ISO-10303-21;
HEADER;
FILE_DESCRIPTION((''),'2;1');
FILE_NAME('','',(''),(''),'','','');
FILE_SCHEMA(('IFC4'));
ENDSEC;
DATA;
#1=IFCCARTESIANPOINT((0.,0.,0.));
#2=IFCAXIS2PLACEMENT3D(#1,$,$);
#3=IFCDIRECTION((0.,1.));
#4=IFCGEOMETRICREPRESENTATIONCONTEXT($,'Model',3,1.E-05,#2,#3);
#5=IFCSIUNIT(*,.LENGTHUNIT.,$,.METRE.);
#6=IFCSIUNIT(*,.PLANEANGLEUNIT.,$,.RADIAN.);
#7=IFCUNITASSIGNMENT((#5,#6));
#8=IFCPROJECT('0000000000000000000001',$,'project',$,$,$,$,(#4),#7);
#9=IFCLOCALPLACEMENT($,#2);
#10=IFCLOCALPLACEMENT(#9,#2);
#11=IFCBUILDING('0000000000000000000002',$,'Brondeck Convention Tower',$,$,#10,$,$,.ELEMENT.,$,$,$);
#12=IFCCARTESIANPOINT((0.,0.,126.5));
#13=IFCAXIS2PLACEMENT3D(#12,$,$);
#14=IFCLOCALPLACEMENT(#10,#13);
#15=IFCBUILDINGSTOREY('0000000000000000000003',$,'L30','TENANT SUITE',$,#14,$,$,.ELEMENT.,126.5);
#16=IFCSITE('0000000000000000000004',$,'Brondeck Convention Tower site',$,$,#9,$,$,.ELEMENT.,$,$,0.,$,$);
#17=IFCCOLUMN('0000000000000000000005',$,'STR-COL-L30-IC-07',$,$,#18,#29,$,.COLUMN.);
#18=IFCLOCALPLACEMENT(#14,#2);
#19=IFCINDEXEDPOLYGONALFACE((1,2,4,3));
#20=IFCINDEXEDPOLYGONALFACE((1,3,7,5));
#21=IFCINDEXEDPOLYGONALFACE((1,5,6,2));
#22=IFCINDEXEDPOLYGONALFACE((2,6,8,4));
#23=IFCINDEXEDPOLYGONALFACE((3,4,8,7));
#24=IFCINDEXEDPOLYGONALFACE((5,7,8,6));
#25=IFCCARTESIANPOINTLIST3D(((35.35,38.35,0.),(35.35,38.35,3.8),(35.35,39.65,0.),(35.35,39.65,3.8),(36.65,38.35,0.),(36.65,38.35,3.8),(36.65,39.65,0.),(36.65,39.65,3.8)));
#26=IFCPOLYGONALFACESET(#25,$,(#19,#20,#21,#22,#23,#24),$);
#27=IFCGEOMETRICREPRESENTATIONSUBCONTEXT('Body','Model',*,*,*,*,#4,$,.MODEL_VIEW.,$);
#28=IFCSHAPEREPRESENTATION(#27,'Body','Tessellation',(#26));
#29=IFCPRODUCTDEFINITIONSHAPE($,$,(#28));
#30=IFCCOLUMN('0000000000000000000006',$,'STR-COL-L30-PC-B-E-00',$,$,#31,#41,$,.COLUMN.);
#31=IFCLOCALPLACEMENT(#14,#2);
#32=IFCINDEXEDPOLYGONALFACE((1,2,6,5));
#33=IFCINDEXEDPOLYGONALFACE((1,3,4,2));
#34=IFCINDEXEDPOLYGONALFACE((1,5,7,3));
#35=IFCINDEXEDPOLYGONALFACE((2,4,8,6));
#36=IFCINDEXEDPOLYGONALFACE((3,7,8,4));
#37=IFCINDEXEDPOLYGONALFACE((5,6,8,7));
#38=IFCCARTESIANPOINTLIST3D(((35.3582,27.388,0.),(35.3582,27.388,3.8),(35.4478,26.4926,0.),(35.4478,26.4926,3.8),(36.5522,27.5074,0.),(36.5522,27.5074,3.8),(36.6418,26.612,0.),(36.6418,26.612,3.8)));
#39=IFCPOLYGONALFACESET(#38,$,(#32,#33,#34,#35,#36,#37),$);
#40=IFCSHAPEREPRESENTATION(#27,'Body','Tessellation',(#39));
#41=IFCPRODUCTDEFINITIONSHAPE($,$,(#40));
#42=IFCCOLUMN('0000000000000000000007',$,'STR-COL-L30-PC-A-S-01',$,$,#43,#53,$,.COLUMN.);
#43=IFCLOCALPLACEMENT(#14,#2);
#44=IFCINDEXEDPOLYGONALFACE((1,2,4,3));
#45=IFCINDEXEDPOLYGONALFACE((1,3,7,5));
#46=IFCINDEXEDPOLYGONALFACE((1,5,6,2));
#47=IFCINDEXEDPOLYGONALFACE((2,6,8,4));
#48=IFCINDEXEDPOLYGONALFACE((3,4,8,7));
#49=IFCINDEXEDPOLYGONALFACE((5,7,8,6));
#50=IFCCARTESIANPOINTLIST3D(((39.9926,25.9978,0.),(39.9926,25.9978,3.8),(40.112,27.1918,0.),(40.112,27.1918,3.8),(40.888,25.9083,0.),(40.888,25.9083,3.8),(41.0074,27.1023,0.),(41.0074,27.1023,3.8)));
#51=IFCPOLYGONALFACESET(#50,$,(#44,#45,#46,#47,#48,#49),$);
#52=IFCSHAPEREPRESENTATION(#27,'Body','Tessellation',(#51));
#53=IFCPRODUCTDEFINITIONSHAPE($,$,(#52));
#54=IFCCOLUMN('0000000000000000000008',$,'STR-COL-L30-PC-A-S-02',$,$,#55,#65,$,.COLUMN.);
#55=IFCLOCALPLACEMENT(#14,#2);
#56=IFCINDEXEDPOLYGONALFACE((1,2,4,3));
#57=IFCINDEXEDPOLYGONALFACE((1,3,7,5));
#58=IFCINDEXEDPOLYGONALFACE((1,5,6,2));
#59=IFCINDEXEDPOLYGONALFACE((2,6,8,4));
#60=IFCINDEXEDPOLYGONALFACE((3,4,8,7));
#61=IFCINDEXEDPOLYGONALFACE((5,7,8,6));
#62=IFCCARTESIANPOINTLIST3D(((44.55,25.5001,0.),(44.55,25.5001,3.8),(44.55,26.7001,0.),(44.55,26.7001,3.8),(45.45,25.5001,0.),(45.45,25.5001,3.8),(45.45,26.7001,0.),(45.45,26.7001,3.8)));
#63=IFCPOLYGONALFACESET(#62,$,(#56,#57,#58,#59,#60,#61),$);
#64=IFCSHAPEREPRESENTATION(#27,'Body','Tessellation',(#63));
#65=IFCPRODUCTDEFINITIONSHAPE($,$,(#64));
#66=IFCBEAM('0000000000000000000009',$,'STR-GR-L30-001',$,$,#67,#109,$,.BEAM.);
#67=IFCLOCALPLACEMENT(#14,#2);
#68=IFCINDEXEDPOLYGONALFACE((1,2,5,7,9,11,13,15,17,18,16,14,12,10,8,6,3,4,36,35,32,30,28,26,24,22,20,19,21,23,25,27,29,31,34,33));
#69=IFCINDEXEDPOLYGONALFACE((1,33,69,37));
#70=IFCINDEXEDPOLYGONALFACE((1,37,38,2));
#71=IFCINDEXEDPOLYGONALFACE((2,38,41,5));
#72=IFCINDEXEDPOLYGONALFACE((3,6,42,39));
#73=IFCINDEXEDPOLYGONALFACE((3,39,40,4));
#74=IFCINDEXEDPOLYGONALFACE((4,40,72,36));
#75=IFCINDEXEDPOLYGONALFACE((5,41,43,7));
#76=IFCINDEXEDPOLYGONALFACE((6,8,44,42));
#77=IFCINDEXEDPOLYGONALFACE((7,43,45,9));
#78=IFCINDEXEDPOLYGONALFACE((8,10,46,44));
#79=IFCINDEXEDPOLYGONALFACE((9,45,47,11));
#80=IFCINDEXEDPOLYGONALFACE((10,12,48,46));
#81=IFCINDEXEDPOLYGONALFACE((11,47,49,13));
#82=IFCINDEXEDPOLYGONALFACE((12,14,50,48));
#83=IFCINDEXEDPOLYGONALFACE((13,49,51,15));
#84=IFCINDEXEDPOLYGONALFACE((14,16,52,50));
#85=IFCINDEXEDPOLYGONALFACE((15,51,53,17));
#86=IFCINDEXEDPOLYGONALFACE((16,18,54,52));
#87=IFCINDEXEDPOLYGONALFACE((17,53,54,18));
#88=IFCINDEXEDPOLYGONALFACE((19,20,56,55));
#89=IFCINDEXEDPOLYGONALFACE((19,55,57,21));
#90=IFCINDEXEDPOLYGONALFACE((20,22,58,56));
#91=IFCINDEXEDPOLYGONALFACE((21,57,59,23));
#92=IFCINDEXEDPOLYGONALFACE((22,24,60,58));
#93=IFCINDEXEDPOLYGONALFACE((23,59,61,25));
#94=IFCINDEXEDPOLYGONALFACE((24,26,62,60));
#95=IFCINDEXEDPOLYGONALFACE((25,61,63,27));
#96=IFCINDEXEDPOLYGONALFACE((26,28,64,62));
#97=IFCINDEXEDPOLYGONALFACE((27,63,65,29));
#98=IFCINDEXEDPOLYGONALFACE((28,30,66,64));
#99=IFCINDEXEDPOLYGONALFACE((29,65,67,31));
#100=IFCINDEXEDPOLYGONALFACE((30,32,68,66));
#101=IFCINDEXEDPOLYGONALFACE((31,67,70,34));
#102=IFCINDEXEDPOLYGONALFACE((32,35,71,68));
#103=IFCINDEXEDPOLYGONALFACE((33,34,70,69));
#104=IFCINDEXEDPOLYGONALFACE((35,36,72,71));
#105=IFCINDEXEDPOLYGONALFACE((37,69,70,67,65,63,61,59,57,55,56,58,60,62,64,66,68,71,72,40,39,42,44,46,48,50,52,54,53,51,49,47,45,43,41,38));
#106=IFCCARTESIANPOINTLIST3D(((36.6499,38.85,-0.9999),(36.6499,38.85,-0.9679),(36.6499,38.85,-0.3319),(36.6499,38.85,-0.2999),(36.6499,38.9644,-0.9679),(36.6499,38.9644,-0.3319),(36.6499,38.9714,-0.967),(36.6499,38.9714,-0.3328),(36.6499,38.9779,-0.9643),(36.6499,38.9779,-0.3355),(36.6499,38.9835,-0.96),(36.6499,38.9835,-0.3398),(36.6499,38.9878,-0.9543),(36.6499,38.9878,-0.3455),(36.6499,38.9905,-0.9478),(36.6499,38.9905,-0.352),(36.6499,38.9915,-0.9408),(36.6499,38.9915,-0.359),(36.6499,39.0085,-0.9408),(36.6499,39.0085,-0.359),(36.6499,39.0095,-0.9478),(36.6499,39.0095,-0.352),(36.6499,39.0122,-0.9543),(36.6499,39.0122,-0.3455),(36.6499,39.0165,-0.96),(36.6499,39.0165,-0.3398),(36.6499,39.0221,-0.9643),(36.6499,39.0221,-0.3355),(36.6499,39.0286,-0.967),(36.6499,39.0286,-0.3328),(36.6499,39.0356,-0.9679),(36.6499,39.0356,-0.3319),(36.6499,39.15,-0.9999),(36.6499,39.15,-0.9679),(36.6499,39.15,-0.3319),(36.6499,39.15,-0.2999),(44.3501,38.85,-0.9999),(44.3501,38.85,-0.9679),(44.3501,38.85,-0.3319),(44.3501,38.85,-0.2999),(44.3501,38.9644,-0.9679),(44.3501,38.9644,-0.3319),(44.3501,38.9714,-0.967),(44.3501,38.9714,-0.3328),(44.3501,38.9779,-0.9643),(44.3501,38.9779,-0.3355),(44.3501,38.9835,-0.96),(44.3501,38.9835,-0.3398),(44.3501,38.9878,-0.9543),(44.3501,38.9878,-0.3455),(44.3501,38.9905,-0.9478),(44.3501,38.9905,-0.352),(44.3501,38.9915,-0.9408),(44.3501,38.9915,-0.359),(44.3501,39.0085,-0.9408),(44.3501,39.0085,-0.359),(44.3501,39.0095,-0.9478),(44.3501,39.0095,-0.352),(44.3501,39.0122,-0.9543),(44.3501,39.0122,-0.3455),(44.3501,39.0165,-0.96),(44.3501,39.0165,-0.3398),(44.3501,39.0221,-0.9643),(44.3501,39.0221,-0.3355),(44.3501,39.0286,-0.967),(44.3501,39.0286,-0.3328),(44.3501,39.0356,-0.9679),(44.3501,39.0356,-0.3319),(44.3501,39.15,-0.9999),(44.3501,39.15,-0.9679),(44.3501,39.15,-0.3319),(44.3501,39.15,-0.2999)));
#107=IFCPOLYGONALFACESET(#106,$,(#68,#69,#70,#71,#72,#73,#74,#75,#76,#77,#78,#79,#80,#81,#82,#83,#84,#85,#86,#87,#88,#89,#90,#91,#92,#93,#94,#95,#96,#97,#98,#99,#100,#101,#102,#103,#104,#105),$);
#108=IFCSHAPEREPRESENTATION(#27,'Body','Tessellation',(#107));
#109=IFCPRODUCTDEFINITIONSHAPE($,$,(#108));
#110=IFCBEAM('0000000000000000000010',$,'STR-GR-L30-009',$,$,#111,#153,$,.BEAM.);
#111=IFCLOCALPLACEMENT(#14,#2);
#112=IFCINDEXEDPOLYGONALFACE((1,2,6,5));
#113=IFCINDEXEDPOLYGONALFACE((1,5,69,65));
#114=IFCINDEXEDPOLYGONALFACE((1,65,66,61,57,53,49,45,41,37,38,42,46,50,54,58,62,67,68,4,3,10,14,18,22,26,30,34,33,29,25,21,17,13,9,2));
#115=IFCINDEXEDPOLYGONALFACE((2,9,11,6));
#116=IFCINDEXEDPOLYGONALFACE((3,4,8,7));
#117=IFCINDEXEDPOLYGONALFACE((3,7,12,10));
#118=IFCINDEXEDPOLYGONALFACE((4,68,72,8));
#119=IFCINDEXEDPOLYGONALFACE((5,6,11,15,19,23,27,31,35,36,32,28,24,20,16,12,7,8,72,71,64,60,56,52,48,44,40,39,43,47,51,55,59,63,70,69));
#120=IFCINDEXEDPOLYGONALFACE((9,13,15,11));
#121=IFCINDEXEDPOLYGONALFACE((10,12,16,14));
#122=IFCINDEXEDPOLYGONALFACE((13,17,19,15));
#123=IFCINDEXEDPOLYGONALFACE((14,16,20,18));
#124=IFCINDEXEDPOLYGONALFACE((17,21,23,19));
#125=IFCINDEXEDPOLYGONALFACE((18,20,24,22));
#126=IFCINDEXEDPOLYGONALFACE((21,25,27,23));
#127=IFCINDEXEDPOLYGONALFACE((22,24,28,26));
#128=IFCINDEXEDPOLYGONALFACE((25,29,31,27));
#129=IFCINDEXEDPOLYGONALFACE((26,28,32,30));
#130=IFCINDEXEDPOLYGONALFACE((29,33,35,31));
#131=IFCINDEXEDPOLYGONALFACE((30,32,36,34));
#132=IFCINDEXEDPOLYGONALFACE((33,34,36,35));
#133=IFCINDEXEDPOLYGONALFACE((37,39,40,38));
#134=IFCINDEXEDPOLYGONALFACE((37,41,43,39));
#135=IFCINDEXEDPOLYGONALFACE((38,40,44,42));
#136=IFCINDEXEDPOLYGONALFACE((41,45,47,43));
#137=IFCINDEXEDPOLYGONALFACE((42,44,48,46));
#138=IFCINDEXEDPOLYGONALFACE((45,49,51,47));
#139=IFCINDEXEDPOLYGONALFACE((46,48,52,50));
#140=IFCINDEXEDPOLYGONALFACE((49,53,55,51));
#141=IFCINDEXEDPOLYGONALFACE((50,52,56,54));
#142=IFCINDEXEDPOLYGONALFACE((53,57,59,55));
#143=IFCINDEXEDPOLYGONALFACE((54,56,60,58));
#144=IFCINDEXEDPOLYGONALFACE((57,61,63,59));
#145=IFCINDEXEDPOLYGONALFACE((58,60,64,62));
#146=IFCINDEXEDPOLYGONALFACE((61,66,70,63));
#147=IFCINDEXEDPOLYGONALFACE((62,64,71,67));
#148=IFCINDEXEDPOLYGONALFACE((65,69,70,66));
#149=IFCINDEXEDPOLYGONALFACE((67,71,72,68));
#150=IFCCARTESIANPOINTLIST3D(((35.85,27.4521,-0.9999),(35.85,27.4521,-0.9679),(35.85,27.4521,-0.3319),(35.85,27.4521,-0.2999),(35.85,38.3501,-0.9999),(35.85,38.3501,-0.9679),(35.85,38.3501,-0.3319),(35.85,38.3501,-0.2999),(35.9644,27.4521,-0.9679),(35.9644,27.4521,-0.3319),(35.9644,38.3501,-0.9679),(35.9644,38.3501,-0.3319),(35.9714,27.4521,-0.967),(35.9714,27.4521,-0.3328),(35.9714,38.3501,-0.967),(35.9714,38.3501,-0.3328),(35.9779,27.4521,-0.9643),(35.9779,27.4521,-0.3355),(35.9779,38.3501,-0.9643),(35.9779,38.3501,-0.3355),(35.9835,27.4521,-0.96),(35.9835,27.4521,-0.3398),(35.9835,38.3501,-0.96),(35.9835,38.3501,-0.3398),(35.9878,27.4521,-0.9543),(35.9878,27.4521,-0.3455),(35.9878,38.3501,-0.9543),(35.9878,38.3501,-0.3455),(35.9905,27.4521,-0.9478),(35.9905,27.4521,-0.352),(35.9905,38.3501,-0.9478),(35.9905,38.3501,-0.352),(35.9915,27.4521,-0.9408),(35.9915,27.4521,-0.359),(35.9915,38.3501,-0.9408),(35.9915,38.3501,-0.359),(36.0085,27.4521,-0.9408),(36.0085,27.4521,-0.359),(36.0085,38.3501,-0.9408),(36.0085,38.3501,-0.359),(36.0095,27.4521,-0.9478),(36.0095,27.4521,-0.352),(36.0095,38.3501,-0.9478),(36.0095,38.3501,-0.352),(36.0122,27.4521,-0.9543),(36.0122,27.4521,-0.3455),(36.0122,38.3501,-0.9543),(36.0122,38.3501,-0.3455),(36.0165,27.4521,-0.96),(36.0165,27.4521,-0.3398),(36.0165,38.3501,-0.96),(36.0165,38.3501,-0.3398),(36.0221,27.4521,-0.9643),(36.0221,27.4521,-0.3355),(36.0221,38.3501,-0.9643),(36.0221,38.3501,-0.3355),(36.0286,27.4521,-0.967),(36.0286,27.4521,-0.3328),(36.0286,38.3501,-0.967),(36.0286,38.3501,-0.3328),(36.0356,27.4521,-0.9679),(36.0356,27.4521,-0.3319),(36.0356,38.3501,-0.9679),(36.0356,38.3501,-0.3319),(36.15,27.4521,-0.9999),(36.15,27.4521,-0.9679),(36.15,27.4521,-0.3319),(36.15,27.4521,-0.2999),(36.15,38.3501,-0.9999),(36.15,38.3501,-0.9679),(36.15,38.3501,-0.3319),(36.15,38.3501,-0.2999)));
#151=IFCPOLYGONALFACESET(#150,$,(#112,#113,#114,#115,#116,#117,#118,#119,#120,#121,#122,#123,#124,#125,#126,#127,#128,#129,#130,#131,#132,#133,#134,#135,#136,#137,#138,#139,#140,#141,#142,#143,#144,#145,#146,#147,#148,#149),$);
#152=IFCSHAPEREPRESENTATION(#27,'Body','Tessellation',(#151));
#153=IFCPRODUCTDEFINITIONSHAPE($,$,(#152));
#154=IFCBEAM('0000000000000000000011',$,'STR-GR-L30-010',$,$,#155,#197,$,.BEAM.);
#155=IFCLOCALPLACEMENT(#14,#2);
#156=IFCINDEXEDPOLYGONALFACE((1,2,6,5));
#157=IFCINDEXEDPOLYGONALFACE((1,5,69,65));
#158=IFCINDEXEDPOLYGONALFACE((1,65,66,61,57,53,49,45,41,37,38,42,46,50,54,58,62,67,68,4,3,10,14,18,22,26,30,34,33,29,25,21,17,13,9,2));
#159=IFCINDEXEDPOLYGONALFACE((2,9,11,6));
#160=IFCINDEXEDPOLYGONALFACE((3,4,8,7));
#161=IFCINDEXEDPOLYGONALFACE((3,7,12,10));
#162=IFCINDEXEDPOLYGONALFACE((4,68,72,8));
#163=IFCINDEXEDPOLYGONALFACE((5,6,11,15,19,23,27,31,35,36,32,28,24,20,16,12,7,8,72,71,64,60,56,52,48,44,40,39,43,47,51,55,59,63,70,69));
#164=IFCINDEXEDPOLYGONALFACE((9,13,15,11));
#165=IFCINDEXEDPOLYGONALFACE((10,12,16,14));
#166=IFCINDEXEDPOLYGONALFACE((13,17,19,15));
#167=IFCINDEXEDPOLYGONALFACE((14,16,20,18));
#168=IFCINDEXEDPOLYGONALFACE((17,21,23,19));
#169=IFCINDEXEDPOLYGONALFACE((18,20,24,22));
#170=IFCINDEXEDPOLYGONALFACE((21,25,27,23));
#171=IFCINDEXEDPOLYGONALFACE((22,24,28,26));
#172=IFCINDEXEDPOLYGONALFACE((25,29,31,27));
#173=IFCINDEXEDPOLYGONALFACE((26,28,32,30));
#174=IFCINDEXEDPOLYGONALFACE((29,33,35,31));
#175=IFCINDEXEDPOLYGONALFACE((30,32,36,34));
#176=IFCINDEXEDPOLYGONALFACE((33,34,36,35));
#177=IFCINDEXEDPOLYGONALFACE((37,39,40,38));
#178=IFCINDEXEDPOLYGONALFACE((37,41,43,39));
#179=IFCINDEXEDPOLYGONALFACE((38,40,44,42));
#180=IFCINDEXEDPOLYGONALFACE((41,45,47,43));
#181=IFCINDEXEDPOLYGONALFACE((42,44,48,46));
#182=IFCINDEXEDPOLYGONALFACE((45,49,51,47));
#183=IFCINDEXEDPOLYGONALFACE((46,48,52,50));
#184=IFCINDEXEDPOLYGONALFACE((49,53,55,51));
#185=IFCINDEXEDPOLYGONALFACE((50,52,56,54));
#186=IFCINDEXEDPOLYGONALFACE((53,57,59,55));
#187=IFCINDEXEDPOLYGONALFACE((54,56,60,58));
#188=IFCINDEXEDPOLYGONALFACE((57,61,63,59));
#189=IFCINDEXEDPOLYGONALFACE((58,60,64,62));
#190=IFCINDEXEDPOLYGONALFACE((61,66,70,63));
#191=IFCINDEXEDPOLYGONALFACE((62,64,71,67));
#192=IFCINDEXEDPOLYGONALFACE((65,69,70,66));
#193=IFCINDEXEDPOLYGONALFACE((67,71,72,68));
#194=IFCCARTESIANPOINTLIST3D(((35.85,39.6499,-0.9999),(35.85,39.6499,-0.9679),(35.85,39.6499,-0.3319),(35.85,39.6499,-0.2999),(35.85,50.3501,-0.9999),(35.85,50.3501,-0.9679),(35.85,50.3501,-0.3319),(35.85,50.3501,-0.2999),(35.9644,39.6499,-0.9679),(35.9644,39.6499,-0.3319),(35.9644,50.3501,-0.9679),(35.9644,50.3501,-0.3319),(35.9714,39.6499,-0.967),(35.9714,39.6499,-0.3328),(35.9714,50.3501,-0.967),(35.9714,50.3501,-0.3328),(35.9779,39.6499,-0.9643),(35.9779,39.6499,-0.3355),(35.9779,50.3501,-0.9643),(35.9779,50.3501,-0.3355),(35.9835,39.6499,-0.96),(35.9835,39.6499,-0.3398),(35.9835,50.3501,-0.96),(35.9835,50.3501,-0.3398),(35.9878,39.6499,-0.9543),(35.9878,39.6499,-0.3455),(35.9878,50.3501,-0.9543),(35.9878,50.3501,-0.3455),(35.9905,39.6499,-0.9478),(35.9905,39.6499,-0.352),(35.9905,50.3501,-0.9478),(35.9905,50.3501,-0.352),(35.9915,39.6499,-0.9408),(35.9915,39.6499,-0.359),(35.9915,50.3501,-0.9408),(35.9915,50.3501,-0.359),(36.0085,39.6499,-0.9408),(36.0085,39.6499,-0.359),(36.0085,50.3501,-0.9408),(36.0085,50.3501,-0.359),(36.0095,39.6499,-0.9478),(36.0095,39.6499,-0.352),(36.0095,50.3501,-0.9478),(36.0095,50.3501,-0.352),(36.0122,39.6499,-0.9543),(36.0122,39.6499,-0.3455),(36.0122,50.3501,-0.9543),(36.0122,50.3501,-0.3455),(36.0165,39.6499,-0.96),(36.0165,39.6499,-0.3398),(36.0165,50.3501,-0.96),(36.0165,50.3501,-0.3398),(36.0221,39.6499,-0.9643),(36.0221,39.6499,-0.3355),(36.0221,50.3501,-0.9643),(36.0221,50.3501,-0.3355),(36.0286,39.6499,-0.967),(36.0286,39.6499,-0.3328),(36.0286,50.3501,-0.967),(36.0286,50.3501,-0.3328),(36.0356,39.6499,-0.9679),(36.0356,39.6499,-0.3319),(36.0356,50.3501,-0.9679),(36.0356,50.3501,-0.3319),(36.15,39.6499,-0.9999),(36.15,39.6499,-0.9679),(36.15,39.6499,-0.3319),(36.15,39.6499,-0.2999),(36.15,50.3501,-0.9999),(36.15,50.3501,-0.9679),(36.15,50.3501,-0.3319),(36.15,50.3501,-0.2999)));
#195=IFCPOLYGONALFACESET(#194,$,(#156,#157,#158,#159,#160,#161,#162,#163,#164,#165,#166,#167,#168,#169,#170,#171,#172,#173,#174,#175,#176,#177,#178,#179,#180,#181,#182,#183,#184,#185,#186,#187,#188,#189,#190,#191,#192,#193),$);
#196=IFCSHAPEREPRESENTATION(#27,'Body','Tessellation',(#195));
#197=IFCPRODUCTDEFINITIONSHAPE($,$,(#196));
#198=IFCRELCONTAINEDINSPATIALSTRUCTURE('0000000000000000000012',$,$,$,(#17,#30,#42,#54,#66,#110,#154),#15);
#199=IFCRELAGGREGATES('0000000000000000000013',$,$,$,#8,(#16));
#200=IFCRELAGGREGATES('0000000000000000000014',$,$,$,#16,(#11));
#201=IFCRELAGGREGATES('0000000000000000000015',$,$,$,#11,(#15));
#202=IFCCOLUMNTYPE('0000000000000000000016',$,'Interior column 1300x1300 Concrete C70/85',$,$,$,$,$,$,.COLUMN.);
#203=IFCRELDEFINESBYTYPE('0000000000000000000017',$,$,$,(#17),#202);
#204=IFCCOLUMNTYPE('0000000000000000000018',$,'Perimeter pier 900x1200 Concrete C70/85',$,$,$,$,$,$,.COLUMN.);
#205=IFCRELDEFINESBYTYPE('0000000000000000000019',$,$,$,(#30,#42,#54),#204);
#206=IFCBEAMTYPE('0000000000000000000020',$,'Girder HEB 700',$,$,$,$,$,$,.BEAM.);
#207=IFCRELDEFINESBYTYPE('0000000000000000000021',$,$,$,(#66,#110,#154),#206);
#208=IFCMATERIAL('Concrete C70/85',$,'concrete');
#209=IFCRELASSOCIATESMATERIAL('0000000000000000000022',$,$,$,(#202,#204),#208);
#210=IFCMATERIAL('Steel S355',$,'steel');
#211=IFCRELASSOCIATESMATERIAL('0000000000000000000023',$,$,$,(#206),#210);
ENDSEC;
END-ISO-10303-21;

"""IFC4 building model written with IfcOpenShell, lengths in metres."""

from ifc_helpers import new_model, si_unit, direction, frame, origin, origin_2d, place, context, subcontext, project, spatial, rectangle, i_section, extrude, material, material_profile, profile_set, type_object, element, save


model = new_model("IFC4")

# Units and contexts
model_context = context("Model", 3, precision=1e-05, world=origin(), true_north=direction((0.0, 1.0)))
body_context = subcontext(model_context, "Body", "Model", "MODEL_VIEW")
ifc_project = project(units=[si_unit("LENGTHUNIT", "METRE"), si_unit("PLANEANGLEUNIT", "RADIAN")], contexts=[model_context])

# Site, building, storey
site_placement = place(None, origin())
site = spatial("IfcSite", under=ifc_project, at=site_placement, Name="Brondeck Convention Tower site", CompositionType="ELEMENT", RefElevation=0.0)
building_placement = place(site_placement, origin())
building = spatial("IfcBuilding", under=site, at=building_placement, Name="Brondeck Convention Tower", CompositionType="ELEMENT")
storey_placement = place(building_placement, frame((0.0, 0.0, 126.5)))
storey = spatial("IfcBuildingStorey", under=building, at=storey_placement, Name="L30", Description="TENANT SUITE", CompositionType="ELEMENT", Elevation=126.5)

# Columns
ifc_material_1 = material(Name="Concrete C70/85", Category="concrete")
ifc_material_profile_1 = material_profile(ifc_material_1, rectangle(XDim=1.3, YDim=1.3, at=origin_2d()), Name="Interior column 1300x1300 Concrete C70/85")
ifc_profile_set_1 = profile_set([ifc_material_profile_1], Name="Concrete C70/85")
column_type_1 = type_object("IfcColumnType", Name="Interior column 1300x1300 Concrete C70/85", PredefinedType="COLUMN", material=ifc_profile_set_1)
column_placement = place(storey_placement, frame((36.0, 39.0, 0.0), z_axis=(0.0, 0.0, 1.0), x_axis=(1.0, 0.0, 0.0)))
element("IfcColumn", 1, at=column_placement, inside=storey, type_object=column_type_1, Name="STR-COL-L30-IC-07", PredefinedType="COLUMN", context=body_context, shape_type="SweptSolid", body=[
    extrude(rectangle(XDim=1.3, YDim=1.3, at=origin_2d()), origin(), (0.0, 0.0, 1.0), 3.8),
])
ifc_material_profile_2 = material_profile(ifc_material_1, rectangle(XDim=0.8999, YDim=1.2, at=origin_2d()), Name="Perimeter pier 900x1200 Concrete C70/85")
ifc_profile_set_2 = profile_set([ifc_material_profile_2], Name="Concrete C70/85")
column_type_2 = type_object("IfcColumnType", Name="Perimeter pier 900x1200 Concrete C70/85", PredefinedType="COLUMN", material=ifc_profile_set_2)
for number, where, z_axis, x_axis, name in (
    (2, (36.0, 27.0, 0.0), (0.0, 0.0, 1.0), (-0.099504, 0.995037, 0.0), "STR-COL-L30-PC-B-E-00"),
    (3, (40.5, 26.55, 0.0), (0.0, 0.0, 1.0), (0.995037, -0.099504, 0.0), "STR-COL-L30-PC-A-S-01"),
    (4, (45.0, 26.1001, 0.0), (0.0, 0.0, 1.0), (1.0, 0.0, 0.0), "STR-COL-L30-PC-A-S-02"),
):
    element("IfcColumn", number, at=place(storey_placement, frame(where, z_axis=z_axis, x_axis=x_axis)), inside=storey, type_object=column_type_2, Name=name, PredefinedType="COLUMN", context=body_context, shape_type="SweptSolid", body=[
        extrude(rectangle(XDim=0.8999, YDim=1.2, at=origin_2d()), origin(), (0.0, 0.0, 1.0), 3.8),
    ])

# Beams
ifc_material_2 = material(Name="Steel S355", Category="steel")
ifc_material_profile_3 = material_profile(ifc_material_2, i_section(OverallWidth=0.3, OverallDepth=0.7, WebThickness=0.0171, FlangeThickness=0.032, FilletRadius=0.0271, at=origin_2d()), Name="HEB 700")
ifc_profile_set_3 = profile_set([ifc_material_profile_3], Name="Steel S355")
beam_type_1 = type_object("IfcBeamType", Name="Girder HEB 700", PredefinedType="BEAM", material=ifc_profile_set_3)
beam_1_placement = place(storey_placement, frame((36.6499, 39.0, -0.6499), z_axis=(1.0, 0.0, 0.0), x_axis=(0.0, 1.0, 0.0)))
element("IfcBeam", 5, at=beam_1_placement, inside=storey, type_object=beam_type_1, Name="STR-GR-L30-001", PredefinedType="BEAM", context=body_context, shape_type="SweptSolid", body=[
    extrude(i_section(OverallWidth=0.3, OverallDepth=0.7, WebThickness=0.0171, FlangeThickness=0.032, FilletRadius=0.0271, at=origin_2d()), origin(), (0.0, 0.0, 1.0), 7.7002),
])
beam_2_placement = place(storey_placement, frame((36.0, 27.4521, -0.6499), z_axis=(0.0, 1.0, 0.0), x_axis=(-1.0, 0.0, 0.0)))
element("IfcBeam", 6, at=beam_2_placement, inside=storey, type_object=beam_type_1, Name="STR-GR-L30-009", PredefinedType="BEAM", context=body_context, shape_type="SweptSolid", body=[
    extrude(i_section(OverallWidth=0.3, OverallDepth=0.7, WebThickness=0.0171, FlangeThickness=0.032, FilletRadius=0.0271, at=origin_2d()), origin(), (0.0, 0.0, 1.0), 10.8979),
])
beam_3_placement = place(storey_placement, frame((36.0, 39.6499, -0.6499), z_axis=(0.0, 1.0, 0.0), x_axis=(-1.0, 0.0, 0.0)))
element("IfcBeam", 7, at=beam_3_placement, inside=storey, type_object=beam_type_1, Name="STR-GR-L30-010", PredefinedType="BEAM", context=body_context, shape_type="SweptSolid", body=[
    extrude(i_section(OverallWidth=0.3, OverallDepth=0.7, WebThickness=0.0171, FlangeThickness=0.032, FilletRadius=0.0271, at=origin_2d()), origin(), (0.0, 0.0, 1.0), 10.7002),
])

save(model, "model.ifc")
